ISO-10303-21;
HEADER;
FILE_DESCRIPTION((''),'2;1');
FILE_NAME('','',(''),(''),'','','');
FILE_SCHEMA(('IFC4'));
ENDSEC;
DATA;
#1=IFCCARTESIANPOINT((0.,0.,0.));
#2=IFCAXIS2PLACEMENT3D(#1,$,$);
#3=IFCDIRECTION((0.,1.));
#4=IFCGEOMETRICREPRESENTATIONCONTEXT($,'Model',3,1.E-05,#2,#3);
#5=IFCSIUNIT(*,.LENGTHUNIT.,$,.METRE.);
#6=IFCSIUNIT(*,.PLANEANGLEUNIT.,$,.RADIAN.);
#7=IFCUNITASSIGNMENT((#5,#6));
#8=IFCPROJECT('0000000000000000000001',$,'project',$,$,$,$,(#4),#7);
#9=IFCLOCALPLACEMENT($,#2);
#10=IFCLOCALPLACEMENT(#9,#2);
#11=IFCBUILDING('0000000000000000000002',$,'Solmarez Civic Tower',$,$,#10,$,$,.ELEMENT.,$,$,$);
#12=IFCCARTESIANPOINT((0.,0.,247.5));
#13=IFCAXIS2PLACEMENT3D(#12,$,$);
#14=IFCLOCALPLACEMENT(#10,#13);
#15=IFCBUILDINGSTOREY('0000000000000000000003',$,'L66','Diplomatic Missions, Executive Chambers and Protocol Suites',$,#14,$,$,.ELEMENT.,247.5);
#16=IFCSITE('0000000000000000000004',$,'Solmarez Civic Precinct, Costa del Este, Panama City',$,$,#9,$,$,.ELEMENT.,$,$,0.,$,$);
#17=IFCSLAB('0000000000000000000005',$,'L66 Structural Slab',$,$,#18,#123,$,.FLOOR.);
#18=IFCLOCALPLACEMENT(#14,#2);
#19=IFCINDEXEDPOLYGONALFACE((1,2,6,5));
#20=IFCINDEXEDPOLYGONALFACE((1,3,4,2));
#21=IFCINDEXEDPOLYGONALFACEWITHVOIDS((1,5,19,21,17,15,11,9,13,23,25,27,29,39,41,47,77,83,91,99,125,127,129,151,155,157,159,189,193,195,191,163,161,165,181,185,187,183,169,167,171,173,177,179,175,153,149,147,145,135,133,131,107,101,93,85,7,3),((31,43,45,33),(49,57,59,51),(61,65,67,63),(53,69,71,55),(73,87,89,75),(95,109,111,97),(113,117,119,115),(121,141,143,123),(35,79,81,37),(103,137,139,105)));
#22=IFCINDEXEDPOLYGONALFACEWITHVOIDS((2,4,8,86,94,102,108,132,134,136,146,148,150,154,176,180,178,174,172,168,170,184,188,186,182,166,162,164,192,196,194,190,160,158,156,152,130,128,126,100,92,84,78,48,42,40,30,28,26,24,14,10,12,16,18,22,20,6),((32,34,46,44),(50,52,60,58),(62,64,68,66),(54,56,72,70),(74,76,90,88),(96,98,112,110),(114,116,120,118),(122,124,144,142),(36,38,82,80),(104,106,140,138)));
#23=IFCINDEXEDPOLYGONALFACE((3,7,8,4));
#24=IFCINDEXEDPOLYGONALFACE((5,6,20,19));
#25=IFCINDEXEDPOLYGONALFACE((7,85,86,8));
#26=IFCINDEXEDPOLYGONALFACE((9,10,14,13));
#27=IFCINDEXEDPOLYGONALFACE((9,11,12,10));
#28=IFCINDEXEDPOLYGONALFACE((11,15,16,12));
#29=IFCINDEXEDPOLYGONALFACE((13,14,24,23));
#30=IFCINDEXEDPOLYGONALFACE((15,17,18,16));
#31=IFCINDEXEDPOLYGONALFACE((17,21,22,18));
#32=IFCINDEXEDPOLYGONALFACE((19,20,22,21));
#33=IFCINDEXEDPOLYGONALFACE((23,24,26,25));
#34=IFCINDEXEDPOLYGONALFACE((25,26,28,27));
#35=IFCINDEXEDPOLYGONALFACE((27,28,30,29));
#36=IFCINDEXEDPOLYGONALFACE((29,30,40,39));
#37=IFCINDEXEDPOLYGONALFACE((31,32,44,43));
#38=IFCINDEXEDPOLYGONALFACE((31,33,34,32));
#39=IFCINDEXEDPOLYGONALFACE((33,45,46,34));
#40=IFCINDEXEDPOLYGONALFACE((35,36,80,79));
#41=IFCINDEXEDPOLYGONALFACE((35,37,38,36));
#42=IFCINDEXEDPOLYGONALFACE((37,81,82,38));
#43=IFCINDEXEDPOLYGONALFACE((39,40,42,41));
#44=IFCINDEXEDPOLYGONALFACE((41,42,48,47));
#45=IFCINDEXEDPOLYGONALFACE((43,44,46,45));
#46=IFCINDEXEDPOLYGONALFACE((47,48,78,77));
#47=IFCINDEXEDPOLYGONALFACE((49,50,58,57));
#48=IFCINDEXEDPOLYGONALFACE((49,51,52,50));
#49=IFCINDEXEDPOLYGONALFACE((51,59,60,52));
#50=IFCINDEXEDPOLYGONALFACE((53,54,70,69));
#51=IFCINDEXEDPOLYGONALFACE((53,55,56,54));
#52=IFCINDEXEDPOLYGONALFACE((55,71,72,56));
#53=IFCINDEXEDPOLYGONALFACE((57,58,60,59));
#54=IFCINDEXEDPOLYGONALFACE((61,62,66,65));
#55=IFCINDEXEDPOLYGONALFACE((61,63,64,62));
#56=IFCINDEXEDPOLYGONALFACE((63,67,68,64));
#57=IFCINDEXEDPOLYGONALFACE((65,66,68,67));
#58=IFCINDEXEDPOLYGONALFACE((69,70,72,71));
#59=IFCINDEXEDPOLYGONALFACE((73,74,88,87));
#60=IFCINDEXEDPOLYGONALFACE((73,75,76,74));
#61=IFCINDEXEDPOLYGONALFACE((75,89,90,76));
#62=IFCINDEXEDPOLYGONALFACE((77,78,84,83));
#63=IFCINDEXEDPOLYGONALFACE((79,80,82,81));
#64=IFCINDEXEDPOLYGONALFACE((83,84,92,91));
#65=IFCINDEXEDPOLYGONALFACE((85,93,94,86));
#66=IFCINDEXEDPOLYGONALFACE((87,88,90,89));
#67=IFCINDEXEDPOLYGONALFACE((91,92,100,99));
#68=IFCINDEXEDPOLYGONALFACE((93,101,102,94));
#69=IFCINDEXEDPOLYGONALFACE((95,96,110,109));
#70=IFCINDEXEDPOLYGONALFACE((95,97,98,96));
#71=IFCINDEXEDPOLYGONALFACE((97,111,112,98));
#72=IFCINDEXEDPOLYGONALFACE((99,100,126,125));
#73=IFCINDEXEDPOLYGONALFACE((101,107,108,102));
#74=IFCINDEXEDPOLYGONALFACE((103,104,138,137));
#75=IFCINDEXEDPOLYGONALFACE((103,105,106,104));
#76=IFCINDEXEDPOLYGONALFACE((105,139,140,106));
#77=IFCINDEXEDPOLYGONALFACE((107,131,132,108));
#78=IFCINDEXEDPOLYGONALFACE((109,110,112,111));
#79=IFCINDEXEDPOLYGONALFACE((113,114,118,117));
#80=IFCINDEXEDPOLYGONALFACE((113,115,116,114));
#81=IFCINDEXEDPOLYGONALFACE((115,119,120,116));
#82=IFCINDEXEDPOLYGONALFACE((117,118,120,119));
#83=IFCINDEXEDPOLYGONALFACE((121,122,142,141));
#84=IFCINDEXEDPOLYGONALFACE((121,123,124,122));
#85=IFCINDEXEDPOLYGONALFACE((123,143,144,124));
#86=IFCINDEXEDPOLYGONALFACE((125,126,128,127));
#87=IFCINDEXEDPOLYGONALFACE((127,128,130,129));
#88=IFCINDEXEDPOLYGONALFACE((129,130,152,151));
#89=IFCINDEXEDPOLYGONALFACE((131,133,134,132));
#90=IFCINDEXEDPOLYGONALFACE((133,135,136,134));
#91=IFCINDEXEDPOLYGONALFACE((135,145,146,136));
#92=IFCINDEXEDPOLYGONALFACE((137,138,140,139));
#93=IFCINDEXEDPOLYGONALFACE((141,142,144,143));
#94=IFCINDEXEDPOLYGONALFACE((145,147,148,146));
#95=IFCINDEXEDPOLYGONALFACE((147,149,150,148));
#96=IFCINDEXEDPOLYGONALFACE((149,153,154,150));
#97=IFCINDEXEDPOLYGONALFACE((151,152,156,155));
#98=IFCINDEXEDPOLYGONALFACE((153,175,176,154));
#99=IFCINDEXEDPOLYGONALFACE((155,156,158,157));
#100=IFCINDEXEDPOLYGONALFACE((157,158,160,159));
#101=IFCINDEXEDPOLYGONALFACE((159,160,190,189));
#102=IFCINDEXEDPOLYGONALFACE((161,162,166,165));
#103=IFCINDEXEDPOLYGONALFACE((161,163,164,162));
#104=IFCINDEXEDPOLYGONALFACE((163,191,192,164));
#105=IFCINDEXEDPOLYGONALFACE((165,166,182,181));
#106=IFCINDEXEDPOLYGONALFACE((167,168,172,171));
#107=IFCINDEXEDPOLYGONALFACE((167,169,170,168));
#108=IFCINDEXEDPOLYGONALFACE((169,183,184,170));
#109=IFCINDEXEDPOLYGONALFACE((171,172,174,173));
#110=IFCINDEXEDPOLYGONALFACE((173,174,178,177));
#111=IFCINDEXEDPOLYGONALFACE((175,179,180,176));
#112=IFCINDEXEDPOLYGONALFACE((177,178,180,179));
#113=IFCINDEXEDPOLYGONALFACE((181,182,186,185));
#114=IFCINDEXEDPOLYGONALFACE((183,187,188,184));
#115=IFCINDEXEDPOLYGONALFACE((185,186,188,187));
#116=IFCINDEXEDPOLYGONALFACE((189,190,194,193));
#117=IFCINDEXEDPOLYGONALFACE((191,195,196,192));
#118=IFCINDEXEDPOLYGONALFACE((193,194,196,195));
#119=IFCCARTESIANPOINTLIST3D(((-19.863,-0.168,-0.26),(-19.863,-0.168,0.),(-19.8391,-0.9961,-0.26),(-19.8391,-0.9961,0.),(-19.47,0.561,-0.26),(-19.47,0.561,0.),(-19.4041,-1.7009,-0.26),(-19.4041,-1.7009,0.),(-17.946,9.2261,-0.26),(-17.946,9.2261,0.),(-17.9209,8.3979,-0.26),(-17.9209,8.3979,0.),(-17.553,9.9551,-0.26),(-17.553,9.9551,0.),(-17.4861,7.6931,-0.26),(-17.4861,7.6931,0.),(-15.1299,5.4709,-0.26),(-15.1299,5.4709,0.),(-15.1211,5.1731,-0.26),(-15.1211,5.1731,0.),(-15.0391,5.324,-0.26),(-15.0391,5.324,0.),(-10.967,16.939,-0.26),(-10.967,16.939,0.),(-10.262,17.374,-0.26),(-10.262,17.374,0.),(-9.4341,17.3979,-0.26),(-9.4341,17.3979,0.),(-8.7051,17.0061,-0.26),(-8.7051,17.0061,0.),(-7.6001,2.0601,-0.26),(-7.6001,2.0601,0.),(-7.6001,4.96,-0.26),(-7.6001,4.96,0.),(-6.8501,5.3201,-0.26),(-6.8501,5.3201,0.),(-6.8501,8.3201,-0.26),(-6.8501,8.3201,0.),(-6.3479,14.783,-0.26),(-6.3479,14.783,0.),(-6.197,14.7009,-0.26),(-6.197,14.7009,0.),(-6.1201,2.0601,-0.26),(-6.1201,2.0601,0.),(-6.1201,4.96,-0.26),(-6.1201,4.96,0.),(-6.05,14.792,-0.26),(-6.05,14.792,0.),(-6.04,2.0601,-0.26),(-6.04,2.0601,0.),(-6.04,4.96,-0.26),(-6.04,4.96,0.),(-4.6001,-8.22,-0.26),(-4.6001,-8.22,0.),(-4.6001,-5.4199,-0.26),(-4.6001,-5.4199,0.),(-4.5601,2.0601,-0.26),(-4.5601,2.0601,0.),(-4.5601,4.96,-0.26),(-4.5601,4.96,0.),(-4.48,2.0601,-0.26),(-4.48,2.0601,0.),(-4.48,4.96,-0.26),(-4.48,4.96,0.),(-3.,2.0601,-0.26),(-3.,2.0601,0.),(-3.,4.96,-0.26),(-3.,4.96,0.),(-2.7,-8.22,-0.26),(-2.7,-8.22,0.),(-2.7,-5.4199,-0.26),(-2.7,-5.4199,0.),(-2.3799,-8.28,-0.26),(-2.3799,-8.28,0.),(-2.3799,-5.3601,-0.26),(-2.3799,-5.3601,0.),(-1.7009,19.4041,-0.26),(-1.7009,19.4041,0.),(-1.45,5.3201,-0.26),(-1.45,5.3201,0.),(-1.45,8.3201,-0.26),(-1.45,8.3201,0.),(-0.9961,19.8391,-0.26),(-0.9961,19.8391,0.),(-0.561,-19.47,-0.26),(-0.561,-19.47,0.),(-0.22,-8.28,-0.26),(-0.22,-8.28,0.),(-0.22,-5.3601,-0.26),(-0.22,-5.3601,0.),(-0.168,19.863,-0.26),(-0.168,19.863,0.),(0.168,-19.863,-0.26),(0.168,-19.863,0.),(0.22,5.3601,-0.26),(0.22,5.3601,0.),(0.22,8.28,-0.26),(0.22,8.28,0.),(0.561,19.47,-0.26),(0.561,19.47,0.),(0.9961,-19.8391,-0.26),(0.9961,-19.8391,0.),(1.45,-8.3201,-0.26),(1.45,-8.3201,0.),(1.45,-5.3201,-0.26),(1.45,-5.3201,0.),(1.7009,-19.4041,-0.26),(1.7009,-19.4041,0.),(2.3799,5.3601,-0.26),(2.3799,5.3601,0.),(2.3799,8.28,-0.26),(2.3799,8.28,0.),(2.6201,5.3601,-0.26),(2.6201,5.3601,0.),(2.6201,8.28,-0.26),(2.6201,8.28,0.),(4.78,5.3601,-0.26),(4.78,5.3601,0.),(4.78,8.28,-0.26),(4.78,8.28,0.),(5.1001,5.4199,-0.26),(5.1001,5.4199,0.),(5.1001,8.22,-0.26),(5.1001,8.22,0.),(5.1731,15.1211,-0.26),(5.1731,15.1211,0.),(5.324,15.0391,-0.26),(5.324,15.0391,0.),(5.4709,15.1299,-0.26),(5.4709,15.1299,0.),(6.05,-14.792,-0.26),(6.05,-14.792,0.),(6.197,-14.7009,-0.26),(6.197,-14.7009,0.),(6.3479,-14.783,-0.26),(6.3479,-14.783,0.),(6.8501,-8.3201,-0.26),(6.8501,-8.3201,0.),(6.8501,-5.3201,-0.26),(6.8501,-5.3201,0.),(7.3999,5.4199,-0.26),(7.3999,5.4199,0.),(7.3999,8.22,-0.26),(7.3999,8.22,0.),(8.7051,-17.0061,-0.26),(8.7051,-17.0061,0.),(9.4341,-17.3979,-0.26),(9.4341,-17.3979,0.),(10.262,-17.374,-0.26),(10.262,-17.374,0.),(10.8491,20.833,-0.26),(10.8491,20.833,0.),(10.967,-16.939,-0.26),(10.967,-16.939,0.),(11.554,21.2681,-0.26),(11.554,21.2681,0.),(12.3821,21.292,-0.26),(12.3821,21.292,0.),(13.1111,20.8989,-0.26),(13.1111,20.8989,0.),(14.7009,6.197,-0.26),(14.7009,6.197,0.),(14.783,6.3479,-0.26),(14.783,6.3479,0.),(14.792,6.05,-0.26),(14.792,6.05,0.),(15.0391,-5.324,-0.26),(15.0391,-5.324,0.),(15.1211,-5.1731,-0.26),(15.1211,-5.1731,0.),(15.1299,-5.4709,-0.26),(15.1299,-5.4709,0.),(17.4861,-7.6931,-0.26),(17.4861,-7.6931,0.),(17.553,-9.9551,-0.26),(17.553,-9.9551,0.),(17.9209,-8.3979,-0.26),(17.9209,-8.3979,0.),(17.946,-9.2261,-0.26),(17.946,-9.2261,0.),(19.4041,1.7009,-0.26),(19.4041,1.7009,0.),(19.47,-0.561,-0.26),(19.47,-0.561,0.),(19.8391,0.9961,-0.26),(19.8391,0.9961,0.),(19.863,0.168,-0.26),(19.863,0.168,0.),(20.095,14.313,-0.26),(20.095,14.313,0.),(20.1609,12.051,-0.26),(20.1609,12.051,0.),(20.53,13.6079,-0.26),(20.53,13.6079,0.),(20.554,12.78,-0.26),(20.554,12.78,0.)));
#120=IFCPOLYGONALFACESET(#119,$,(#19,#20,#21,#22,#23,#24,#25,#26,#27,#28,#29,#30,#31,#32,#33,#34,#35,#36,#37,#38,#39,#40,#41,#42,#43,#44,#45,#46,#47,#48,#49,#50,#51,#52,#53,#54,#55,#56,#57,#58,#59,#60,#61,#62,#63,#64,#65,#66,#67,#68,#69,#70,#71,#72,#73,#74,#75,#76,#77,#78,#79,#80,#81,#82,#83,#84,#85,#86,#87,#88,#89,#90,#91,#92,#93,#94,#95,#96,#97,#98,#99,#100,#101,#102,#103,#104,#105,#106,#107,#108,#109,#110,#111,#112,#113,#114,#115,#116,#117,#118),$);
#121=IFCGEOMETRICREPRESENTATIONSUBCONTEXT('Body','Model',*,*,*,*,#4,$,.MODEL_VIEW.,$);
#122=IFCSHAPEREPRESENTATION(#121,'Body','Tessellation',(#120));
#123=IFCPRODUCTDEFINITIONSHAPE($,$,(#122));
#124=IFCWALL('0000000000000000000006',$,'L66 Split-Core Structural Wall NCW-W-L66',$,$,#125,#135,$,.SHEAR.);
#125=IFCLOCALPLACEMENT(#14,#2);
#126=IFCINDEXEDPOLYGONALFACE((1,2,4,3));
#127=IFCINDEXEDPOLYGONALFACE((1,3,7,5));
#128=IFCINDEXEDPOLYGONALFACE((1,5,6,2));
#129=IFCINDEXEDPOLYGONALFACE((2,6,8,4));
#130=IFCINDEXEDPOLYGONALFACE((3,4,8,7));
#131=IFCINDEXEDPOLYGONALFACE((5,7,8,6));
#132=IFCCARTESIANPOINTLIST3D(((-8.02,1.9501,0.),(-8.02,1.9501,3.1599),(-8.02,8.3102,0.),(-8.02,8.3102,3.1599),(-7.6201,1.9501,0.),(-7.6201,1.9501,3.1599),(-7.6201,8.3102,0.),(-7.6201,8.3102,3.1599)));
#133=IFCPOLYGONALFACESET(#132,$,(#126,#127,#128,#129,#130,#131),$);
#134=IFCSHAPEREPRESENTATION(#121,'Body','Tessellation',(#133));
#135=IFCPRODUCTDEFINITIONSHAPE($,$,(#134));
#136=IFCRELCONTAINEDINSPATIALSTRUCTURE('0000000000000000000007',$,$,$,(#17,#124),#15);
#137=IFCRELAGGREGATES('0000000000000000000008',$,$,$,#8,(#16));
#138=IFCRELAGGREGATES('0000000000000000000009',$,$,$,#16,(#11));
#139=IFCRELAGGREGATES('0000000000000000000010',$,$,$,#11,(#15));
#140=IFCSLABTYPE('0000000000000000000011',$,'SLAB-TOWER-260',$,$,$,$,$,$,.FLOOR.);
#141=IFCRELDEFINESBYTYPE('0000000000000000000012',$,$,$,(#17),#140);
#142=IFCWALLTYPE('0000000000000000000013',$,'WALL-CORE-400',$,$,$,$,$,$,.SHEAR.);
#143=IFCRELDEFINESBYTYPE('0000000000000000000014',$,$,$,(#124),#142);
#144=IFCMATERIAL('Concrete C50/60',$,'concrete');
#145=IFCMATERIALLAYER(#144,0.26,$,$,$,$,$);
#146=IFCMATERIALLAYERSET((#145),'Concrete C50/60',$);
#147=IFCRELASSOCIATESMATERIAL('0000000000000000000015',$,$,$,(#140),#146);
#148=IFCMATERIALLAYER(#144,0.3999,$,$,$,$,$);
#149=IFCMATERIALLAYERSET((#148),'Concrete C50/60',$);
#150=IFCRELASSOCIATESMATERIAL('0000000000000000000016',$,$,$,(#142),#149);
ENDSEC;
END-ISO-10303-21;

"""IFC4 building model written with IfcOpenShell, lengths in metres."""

from ifc_helpers import new_model, si_unit, direction, frame, frame_2d, origin, place, context, subcontext, project, spatial, polyline, rectangle, outline, extrude, material, layer, layer_set, type_object, element, save


model = new_model("IFC4")

# Units and contexts
model_context = context("Model", 3, precision=1e-05, world=origin(), true_north=direction((0.0, 1.0)))
body_context = subcontext(model_context, "Body", "Model", "MODEL_VIEW")
ifc_project = project(units=[si_unit("LENGTHUNIT", "METRE"), si_unit("PLANEANGLEUNIT", "RADIAN")], contexts=[model_context])

# Site, building, storey
site_placement = place(None, origin())
site = spatial("IfcSite", under=ifc_project, at=site_placement, Name="Solmarez Civic Precinct, Costa del Este, Panama City", CompositionType="ELEMENT", RefElevation=0.0)
building_placement = place(site_placement, origin())
building = spatial("IfcBuilding", under=site, at=building_placement, Name="Solmarez Civic Tower", CompositionType="ELEMENT")
storey_placement = place(building_placement, frame((0.0, 0.0, 247.5)))
storey = spatial("IfcBuildingStorey", under=building, at=storey_placement, Name="L66", Description="Diplomatic Missions, Executive Chambers and Protocol Suites", CompositionType="ELEMENT", Elevation=247.5)

# Shared definitions
ifc_material_1 = material(Name="Concrete C50/60", Category="concrete")

# Slab
ifc_layer_1 = layer(ifc_material_1, 0.26)
ifc_layer_set_1 = layer_set([ifc_layer_1], Name="Concrete C50/60")
slab_type_1 = type_object("IfcSlabType", Name="SLAB-TOWER-260", PredefinedType="FLOOR", material=ifc_layer_set_1)
slab_1_placement = place(storey_placement, frame((0.0, 0.0, -0.26)))
element("IfcSlab", 1, at=slab_1_placement, inside=storey, type_object=slab_type_1, Name="L66 Structural Slab", PredefinedType="FLOOR", context=body_context, shape_type="SweptSolid", body=[
    extrude(outline(polyline([(6.3479, -14.783), (8.7051, -17.0061), (9.4341, -17.3979), (10.262, -17.374), (10.967, -16.939), (17.553, -9.9551), (17.946, -9.2261), (17.9209, -8.3979), (17.4861, -7.6931), (15.1299, -5.4709), (15.0391, -5.324), (15.1211, -5.1731), (19.47, -0.561), (19.863, 0.168), (19.8391, 0.9961), (19.4041, 1.7009), (14.792, 6.05), (14.7009, 6.197), (14.783, 6.3479), (20.1609, 12.051), (20.554, 12.78), (20.53, 13.6079), (20.095, 14.313), (13.1111, 20.8989), (12.3821, 21.292), (11.554, 21.2681), (10.8491, 20.833), (5.4709, 15.1299), (5.324, 15.0391), (5.1731, 15.1211), (0.561, 19.47), (-0.168, 19.863), (-0.9961, 19.8391), (-1.7009, 19.4041), (-6.05, 14.792), (-6.197, 14.7009), (-6.3479, 14.783), (-8.7051, 17.0061), (-9.4341, 17.3979), (-10.262, 17.374), (-10.967, 16.939), (-17.553, 9.9551), (-17.946, 9.2261), (-17.9209, 8.3979), (-17.4861, 7.6931), (-15.1299, 5.4709), (-15.0391, 5.324), (-15.1211, 5.1731), (-19.47, 0.561), (-19.863, -0.168), (-19.8391, -0.9961), (-19.4041, -1.7009), (-0.561, -19.47), (0.168, -19.863), (0.9961, -19.8391), (1.7009, -19.4041), (6.05, -14.792), (6.197, -14.7009), (6.3479, -14.783)]), holes=[polyline([(-1.45, 8.3201), (-6.8501, 8.3201), (-6.8501, 5.3201), (-1.45, 5.3201), (-1.45, 8.3201)]), polyline([(1.45, -8.3201), (6.8501, -8.3201), (6.8501, -5.3201), (1.45, -5.3201), (1.45, -8.3201)]), polyline([(0.22, 5.3601), (2.3799, 5.3601), (2.3799, 8.28), (0.22, 8.28), (0.22, 5.3601)]), polyline([(2.6201, 5.3601), (4.78, 5.3601), (4.78, 8.28), (2.6201, 8.28), (2.6201, 5.3601)]), polyline([(-2.3799, -8.28), (-0.22, -8.28), (-0.22, -5.3601), (-2.3799, -5.3601), (-2.3799, -8.28)]), polyline([(-7.6001, 2.0601), (-6.1201, 2.0601), (-6.1201, 4.96), (-7.6001, 4.96), (-7.6001, 2.0601)]), polyline([(-6.04, 2.0601), (-4.5601, 2.0601), (-4.5601, 4.96), (-6.04, 4.96), (-6.04, 2.0601)]), polyline([(-4.48, 2.0601), (-3.0, 2.0601), (-3.0, 4.96), (-4.48, 4.96), (-4.48, 2.0601)]), polyline([(5.1001, 5.4199), (7.3999, 5.4199), (7.3999, 8.22), (5.1001, 8.22), (5.1001, 5.4199)]), polyline([(-4.6001, -8.22), (-2.7, -8.22), (-2.7, -5.4199), (-4.6001, -5.4199), (-4.6001, -8.22)])]), origin(), (0.0, 0.0, 1.0), 0.26),
])

# Wall
ifc_layer_2 = layer(ifc_material_1, 0.3999)
ifc_layer_set_2 = layer_set([ifc_layer_2], Name="Concrete C50/60")
wall_type_1 = type_object("IfcWallType", Name="WALL-CORE-400", PredefinedType="SHEAR", material=ifc_layer_set_2)
wall_1_placement = place(storey_placement, frame((-7.8201, 1.95, 0.0), z_axis=(0.0, 0.0, 1.0), x_axis=(0.0, 1.0, 0.0)))
element("IfcWall", 2, at=wall_1_placement, inside=storey, type_object=wall_type_1, Name="L66 Split-Core Structural Wall NCW-W-L66", PredefinedType="SHEAR", context=body_context, shape_type="SweptSolid", body=[
    extrude(rectangle(XDim=6.3601, YDim=0.3999, at=frame_2d((3.1802, 0.0))), origin(), (0.0, 0.0, 1.0), 3.1599),
])

save(model, "model.ifc")
